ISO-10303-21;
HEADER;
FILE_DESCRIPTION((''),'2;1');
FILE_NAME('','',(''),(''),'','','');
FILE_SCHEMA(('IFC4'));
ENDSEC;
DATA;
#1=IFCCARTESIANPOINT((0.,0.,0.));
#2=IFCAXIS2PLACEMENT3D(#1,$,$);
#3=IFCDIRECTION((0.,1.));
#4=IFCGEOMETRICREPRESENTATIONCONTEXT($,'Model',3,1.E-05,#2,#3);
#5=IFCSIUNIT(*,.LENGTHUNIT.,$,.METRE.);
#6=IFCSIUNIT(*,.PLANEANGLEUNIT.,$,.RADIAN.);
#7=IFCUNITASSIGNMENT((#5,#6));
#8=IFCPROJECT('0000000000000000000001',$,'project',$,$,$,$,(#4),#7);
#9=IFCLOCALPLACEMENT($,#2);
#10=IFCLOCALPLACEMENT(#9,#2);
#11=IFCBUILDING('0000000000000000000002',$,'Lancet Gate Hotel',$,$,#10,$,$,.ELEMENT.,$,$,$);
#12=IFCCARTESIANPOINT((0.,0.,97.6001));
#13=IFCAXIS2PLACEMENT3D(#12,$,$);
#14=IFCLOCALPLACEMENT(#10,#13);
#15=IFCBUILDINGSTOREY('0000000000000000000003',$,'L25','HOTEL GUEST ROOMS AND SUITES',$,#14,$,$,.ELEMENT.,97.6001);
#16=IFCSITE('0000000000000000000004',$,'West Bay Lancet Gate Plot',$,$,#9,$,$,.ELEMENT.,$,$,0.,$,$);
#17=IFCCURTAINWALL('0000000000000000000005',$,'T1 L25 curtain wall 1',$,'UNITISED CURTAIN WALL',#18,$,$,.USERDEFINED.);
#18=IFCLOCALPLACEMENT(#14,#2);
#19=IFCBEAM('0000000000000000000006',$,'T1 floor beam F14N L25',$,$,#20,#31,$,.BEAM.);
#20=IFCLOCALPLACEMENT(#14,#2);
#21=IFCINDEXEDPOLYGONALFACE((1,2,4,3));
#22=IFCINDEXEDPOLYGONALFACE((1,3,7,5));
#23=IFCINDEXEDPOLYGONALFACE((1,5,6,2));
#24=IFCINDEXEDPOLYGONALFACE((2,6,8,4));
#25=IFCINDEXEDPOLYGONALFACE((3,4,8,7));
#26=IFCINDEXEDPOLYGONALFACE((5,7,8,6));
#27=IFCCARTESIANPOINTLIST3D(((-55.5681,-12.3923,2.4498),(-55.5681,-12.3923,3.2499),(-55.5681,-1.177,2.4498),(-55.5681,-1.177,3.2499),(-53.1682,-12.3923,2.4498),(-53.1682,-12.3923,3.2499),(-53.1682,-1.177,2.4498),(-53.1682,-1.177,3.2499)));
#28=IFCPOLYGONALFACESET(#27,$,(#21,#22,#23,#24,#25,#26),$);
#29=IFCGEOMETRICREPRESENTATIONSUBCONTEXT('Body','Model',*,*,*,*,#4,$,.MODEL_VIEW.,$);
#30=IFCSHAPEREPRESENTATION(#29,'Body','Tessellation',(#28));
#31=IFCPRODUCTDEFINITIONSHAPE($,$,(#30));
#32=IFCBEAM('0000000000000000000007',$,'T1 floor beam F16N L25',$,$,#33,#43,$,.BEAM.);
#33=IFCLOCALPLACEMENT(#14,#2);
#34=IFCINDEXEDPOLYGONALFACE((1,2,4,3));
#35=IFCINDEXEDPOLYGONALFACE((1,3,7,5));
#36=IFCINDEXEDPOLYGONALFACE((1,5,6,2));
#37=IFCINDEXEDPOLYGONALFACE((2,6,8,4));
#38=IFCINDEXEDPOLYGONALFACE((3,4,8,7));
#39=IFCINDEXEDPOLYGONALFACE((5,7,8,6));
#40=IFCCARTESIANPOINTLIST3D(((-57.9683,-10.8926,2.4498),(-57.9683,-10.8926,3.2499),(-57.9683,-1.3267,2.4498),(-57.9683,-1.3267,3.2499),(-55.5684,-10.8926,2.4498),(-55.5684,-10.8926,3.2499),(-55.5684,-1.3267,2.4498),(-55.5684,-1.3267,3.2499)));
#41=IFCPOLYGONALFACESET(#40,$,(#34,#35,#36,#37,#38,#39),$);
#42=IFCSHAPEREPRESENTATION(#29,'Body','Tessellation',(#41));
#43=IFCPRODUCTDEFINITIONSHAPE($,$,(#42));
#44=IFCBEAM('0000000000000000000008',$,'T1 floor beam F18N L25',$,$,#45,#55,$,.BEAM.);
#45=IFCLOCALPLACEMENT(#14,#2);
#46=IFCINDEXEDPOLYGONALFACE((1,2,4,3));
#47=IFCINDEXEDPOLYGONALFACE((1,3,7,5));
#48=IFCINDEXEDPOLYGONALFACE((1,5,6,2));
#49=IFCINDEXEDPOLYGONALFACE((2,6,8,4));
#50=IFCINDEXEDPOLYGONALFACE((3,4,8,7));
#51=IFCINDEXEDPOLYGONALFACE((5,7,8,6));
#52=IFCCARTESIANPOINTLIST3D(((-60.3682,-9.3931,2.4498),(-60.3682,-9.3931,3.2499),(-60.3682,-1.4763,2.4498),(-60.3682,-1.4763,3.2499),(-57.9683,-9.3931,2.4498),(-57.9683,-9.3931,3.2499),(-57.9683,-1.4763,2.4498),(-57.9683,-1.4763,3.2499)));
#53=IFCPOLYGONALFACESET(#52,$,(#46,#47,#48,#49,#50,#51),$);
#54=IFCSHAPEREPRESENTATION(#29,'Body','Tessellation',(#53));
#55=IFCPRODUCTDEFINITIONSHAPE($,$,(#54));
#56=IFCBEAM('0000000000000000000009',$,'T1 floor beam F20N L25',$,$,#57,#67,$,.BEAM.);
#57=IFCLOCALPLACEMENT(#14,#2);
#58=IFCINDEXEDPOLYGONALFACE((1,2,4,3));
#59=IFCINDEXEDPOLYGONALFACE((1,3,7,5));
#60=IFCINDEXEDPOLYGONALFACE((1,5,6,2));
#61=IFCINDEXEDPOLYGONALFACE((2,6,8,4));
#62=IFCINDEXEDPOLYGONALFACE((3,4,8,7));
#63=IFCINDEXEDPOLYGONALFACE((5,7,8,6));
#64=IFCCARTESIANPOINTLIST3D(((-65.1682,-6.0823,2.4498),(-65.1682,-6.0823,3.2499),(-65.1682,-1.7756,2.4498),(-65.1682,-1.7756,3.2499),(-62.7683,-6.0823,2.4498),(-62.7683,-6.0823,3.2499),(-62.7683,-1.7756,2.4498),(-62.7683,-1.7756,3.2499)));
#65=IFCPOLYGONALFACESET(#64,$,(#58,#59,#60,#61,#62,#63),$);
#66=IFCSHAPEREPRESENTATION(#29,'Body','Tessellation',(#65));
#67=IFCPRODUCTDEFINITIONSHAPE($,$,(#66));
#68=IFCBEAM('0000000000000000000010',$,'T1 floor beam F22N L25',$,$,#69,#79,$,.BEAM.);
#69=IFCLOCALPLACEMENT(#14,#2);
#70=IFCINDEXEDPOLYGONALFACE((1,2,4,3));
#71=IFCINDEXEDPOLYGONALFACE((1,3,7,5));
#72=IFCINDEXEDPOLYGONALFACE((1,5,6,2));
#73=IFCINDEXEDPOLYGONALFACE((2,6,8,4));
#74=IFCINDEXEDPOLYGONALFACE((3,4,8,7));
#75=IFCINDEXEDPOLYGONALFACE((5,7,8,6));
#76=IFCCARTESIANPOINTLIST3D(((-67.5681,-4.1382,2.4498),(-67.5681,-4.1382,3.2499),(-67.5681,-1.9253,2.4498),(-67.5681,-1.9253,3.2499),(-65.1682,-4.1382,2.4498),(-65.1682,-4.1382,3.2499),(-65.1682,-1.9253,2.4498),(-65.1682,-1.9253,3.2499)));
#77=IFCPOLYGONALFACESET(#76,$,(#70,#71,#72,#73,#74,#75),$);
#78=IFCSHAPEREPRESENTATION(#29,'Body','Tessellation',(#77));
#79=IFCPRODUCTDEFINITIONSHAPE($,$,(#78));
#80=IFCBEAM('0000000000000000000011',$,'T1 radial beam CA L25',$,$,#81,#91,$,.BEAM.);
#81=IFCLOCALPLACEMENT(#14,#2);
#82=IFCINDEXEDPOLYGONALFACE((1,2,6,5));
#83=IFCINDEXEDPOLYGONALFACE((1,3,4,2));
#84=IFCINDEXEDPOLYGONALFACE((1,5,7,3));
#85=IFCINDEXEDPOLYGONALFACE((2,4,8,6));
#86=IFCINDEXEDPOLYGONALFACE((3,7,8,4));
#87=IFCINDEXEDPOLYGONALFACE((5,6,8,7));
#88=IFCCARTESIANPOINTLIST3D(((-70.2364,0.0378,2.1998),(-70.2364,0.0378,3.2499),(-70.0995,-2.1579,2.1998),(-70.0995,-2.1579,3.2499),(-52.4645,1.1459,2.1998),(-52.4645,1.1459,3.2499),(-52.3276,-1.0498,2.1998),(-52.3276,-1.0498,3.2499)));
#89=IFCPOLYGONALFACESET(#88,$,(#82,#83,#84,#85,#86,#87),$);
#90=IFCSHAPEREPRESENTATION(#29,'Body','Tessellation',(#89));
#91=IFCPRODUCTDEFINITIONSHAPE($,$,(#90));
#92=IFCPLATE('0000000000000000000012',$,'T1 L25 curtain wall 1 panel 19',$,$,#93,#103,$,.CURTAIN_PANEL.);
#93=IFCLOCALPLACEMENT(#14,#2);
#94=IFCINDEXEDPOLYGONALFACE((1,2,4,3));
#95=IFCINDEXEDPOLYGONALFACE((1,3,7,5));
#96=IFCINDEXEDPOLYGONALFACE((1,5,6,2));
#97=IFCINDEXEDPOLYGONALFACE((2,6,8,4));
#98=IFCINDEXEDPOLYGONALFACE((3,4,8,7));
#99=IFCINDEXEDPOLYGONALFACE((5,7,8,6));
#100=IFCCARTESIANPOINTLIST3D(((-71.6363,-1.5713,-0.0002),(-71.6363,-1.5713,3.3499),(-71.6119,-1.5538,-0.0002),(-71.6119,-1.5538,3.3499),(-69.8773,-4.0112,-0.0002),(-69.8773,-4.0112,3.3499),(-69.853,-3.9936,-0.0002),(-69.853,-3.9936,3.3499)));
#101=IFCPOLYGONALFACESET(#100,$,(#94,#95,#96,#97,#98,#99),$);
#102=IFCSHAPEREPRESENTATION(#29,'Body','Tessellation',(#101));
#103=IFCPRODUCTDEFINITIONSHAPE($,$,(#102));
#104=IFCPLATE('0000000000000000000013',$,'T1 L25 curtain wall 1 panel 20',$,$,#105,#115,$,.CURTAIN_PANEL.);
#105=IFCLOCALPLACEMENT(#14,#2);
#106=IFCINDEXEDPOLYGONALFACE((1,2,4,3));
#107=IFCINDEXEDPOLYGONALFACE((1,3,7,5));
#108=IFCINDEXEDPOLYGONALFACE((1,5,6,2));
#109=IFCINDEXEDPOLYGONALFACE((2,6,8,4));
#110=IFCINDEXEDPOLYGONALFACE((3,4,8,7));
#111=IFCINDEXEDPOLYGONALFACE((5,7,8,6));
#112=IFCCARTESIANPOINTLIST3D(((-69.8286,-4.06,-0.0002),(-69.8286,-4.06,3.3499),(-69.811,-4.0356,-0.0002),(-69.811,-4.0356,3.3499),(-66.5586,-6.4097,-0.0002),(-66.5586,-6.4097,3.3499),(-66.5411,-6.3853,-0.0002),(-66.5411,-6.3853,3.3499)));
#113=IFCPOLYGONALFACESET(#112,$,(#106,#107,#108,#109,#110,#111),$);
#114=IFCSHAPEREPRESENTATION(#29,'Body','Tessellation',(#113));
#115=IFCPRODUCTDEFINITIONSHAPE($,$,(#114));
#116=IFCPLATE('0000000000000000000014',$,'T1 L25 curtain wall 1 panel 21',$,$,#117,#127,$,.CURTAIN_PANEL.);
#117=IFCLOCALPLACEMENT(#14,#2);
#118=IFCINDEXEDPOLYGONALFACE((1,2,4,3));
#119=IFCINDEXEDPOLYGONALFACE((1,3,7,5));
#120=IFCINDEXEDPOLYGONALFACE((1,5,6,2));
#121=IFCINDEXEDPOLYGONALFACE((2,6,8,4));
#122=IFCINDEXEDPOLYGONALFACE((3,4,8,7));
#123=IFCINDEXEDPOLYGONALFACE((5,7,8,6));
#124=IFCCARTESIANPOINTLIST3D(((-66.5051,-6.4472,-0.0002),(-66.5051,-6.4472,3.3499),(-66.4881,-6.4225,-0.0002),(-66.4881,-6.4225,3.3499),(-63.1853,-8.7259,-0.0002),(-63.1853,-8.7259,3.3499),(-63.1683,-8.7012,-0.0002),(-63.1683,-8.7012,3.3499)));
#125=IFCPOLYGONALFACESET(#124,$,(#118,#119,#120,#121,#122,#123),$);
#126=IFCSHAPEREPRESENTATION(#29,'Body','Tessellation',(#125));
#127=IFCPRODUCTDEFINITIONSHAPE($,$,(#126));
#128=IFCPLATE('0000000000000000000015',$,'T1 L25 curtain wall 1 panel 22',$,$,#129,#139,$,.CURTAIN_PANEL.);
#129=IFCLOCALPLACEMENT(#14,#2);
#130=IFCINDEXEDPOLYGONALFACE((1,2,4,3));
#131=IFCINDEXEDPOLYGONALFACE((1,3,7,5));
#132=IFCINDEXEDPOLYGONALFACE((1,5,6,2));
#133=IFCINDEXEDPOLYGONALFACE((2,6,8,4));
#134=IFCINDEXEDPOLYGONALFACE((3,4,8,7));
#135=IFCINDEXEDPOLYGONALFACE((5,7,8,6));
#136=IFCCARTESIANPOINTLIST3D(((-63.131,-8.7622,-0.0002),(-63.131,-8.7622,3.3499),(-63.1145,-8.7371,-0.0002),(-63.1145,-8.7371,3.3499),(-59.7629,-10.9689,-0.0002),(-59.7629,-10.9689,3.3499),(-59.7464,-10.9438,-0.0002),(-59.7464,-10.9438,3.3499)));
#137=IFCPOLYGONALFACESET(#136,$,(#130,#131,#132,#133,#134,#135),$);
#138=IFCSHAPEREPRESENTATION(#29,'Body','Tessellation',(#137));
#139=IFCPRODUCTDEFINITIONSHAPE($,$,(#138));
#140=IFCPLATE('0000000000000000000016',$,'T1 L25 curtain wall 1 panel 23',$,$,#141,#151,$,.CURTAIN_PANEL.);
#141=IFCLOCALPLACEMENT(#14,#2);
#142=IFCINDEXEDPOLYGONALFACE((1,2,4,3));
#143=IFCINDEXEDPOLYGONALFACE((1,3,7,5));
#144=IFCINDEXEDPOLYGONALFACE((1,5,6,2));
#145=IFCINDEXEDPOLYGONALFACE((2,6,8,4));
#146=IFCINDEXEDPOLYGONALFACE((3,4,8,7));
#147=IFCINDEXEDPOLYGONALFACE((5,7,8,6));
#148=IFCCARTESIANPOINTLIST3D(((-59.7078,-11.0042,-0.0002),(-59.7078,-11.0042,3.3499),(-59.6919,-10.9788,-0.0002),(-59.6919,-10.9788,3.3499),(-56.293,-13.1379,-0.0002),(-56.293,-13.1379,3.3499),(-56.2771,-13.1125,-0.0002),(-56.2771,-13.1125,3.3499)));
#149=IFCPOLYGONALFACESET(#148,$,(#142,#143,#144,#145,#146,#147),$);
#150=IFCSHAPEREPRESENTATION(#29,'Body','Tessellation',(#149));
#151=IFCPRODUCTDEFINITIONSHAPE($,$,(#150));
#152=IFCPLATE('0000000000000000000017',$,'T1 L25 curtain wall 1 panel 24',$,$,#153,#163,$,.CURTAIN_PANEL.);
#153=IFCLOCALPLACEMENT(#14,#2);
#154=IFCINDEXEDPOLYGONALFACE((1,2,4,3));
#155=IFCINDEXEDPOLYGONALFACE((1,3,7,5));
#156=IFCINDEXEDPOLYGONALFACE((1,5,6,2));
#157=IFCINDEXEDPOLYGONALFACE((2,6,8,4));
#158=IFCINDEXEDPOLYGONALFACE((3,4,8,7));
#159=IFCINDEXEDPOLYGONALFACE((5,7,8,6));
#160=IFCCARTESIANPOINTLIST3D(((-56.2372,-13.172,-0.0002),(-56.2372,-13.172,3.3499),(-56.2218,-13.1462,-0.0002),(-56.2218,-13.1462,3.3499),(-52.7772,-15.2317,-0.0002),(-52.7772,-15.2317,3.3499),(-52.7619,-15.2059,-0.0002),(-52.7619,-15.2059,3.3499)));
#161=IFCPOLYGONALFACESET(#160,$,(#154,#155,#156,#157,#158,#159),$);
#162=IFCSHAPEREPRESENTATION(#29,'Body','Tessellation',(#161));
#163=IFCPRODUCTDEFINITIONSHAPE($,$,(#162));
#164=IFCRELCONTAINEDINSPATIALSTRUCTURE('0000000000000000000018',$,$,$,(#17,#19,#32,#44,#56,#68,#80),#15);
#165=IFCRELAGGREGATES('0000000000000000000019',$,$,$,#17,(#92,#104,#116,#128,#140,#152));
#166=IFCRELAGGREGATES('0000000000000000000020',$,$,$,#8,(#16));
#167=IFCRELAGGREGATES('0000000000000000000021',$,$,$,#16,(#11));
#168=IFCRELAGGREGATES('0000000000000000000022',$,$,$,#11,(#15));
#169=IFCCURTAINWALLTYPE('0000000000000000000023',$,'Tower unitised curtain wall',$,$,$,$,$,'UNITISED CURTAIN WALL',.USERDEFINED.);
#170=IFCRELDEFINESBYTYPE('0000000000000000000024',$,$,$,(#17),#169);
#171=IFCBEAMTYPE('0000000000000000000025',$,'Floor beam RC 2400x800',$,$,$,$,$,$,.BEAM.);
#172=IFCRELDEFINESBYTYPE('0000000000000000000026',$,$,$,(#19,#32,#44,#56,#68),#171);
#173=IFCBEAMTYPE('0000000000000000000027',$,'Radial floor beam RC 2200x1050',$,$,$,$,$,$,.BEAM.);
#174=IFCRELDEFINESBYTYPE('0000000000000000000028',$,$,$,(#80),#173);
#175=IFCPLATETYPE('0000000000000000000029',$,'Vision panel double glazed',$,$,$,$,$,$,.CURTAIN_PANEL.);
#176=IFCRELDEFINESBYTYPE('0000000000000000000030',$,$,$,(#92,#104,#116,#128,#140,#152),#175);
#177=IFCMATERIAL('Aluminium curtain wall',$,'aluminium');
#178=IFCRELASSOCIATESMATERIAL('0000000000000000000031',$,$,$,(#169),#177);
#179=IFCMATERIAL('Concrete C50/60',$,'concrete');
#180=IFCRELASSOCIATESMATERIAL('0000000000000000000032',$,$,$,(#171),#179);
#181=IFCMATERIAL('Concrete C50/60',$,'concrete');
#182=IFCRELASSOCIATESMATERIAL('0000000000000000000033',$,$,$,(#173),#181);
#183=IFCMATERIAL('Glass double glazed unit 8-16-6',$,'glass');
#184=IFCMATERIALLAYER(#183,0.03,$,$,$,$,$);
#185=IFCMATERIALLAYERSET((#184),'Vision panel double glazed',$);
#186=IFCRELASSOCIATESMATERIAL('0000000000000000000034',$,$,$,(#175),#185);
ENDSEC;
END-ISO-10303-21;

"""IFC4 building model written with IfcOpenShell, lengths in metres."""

from ifc_helpers import new_model, si_unit, direction, frame, origin, origin_2d, place, context, subcontext, project, spatial, rectangle, extrude, material, layer, layer_set, material_profile, profile_set, type_object, element, aggregate, save


model = new_model("IFC4")

# Units and contexts
model_context = context("Model", 3, precision=1e-05, world=origin(), true_north=direction((0.0, 1.0)))
body_context = subcontext(model_context, "Body", "Model", "MODEL_VIEW")
ifc_project = project(units=[si_unit("LENGTHUNIT", "METRE"), si_unit("PLANEANGLEUNIT", "RADIAN")], contexts=[model_context])

# Site, building, storey
site_placement = place(None, origin())
site = spatial("IfcSite", under=ifc_project, at=site_placement, Name="West Bay Lancet Gate Plot", CompositionType="ELEMENT", RefElevation=0.0)
building_placement = place(site_placement, origin())
building = spatial("IfcBuilding", under=site, at=building_placement, Name="Lancet Gate Hotel", CompositionType="ELEMENT")
storey_placement = place(building_placement, frame((0.0, 0.0, 97.6001)))
storey = spatial("IfcBuildingStorey", under=building, at=storey_placement, Name="L25", Description="HOTEL GUEST ROOMS AND SUITES", CompositionType="ELEMENT", Elevation=97.6001)

# Curtain wall
ifc_material_1 = material(Name="Aluminium curtain wall", Category="aluminium")
curtain_wall_type = type_object("IfcCurtainWallType", Name="Tower unitised curtain wall", ElementType="UNITISED CURTAIN WALL", PredefinedType="USERDEFINED", material=ifc_material_1)
curtain_wall_placement = place(storey_placement, origin())
curtain_wall = element("IfcCurtainWall", 1, at=curtain_wall_placement, inside=storey, type_object=curtain_wall_type, Name="T1 L25 curtain wall 1", ObjectType="UNITISED CURTAIN WALL", PredefinedType="USERDEFINED")

# Beams
ifc_material_2 = material(Name="Concrete C50/60", Category="concrete")
ifc_material_profile_1 = material_profile(ifc_material_2, rectangle(XDim=2.3999, YDim=0.8, at=origin_2d()), Name="RC 2400x800")
ifc_profile_set_1 = profile_set([ifc_material_profile_1], Name="Concrete C50/60")
beam_type_1 = type_object("IfcBeamType", Name="Floor beam RC 2400x800", PredefinedType="BEAM", material=ifc_profile_set_1)
beam_1_placement = place(storey_placement, frame((-54.3682, -1.177, 2.8499), z_axis=(0.0, -1.0, 0.0), x_axis=(1.0, 0.0, 0.0)))
element("IfcBeam", 2, at=beam_1_placement, inside=storey, type_object=beam_type_1, Name="T1 floor beam F14N L25", PredefinedType="BEAM", context=body_context, shape_type="SweptSolid", body=[
    extrude(rectangle(XDim=2.3999, YDim=0.8, at=origin_2d()), origin(), (0.0, 0.0, 1.0), 11.2153),
])
beam_2_placement = place(storey_placement, frame((-56.7683, -1.3267, 2.8499), z_axis=(0.0, -1.0, 0.0), x_axis=(1.0, 0.0, 0.0)))
element("IfcBeam", 3, at=beam_2_placement, inside=storey, type_object=beam_type_1, Name="T1 floor beam F16N L25", PredefinedType="BEAM", context=body_context, shape_type="SweptSolid", body=[
    extrude(rectangle(XDim=2.3999, YDim=0.8, at=origin_2d()), origin(), (0.0, 0.0, 1.0), 9.5659),
])
beam_3_placement = place(storey_placement, frame((-59.1682, -1.4763, 2.8499), z_axis=(0.0, -1.0, 0.0), x_axis=(1.0, 0.0, 0.0)))
element("IfcBeam", 4, at=beam_3_placement, inside=storey, type_object=beam_type_1, Name="T1 floor beam F18N L25", PredefinedType="BEAM", context=body_context, shape_type="SweptSolid", body=[
    extrude(rectangle(XDim=2.3999, YDim=0.8, at=origin_2d()), origin(), (0.0, 0.0, 1.0), 7.9167),
])
beam_4_placement = place(storey_placement, frame((-63.9683, -1.7756, 2.8499), z_axis=(0.0, -1.0, 0.0), x_axis=(1.0, 0.0, 0.0)))
element("IfcBeam", 5, at=beam_4_placement, inside=storey, type_object=beam_type_1, Name="T1 floor beam F20N L25", PredefinedType="BEAM", context=body_context, shape_type="SweptSolid", body=[
    extrude(rectangle(XDim=2.3999, YDim=0.8, at=origin_2d()), origin(), (0.0, 0.0, 1.0), 4.3066),
])
beam_5_placement = place(storey_placement, frame((-66.3682, -1.9253, 2.8499), z_axis=(0.0, -1.0, 0.0), x_axis=(1.0, 0.0, 0.0)))
element("IfcBeam", 6, at=beam_5_placement, inside=storey, type_object=beam_type_1, Name="T1 floor beam F22N L25", PredefinedType="BEAM", context=body_context, shape_type="SweptSolid", body=[
    extrude(rectangle(XDim=2.3999, YDim=0.8, at=origin_2d()), origin(), (0.0, 0.0, 1.0), 2.2129),
])
ifc_material_3 = material(Name="Concrete C50/60", Category="concrete")
ifc_material_profile_2 = material_profile(ifc_material_3, rectangle(XDim=2.2, YDim=1.05, at=origin_2d()), Name="RC 2200x1050")
ifc_profile_set_2 = profile_set([ifc_material_profile_2], Name="Concrete C50/60")
beam_type_2 = type_object("IfcBeamType", Name="Radial floor beam RC 2200x1050", PredefinedType="BEAM", material=ifc_profile_set_2)
beam_6_placement = place(storey_placement, frame((-70.168, -1.0601, 2.7249), z_axis=(0.998062, 0.062233, 0.0), x_axis=(-0.062233, 0.998062, 0.0)))
element("IfcBeam", 7, at=beam_6_placement, inside=storey, type_object=beam_type_2, Name="T1 radial beam CA L25", PredefinedType="BEAM", context=body_context, shape_type="SweptSolid", body=[
    extrude(rectangle(XDim=2.2, YDim=1.05, at=origin_2d()), origin(), (0.0, 0.0, 1.0), 17.8064),
])

# Plates
ifc_material_4 = material(Name="Glass double glazed unit 8-16-6", Category="glass")
ifc_layer = layer(ifc_material_4, 0.03)
ifc_layer_set = layer_set([ifc_layer], Name="Vision panel double glazed")
plate_type = type_object("IfcPlateType", Name="Vision panel double glazed", PredefinedType="CURTAIN_PANEL", material=ifc_layer_set)
plate_1_placement = place(storey_placement, frame((-70.7446, -2.7825, -0.0002), z_axis=(0.0, 0.0, 1.0), x_axis=(0.584809, -0.811171, 0.0)))
plate_1 = element("IfcPlate", 8, at=plate_1_placement, type_object=plate_type, Name="T1 L25 curtain wall 1 panel 19", PredefinedType="CURTAIN_PANEL", context=body_context, shape_type="SweptSolid", body=[
    extrude(rectangle(XDim=3.0078, YDim=0.03, at=origin_2d()), origin(), (0.0, 0.0, 1.0), 3.3501),
])
plate_2_placement = place(storey_placement, frame((-68.1848, -5.2227, -0.0002), z_axis=(0.0, 0.0, 1.0), x_axis=(0.812093, -0.583528, 0.0)))
plate_2 = element("IfcPlate", 9, at=plate_2_placement, type_object=plate_type, Name="T1 L25 curtain wall 1 panel 20", PredefinedType="CURTAIN_PANEL", context=body_context, shape_type="SweptSolid", body=[
    extrude(rectangle(XDim=4.0266, YDim=0.03, at=origin_2d()), origin(), (0.0, 0.0, 1.0), 3.3501),
])
plate_3_placement = place(storey_placement, frame((-64.8367, -7.5742, -0.0002), z_axis=(0.0, 0.0, 1.0), x_axis=(0.824466, -0.565911, 0.0)))
plate_3 = element("IfcPlate", 10, at=plate_3_placement, type_object=plate_type, Name="T1 L25 curtain wall 1 panel 21", PredefinedType="CURTAIN_PANEL", context=body_context, shape_type="SweptSolid", body=[
    extrude(rectangle(XDim=4.0266, YDim=0.03, at=origin_2d()), origin(), (0.0, 0.0, 1.0), 3.3501),
])
plate_4_placement = place(storey_placement, frame((-61.4387, -9.853, -0.0002), z_axis=(0.0, 0.0, 1.0), x_axis=(0.836458, -0.548032, 0.0)))
plate_4 = element("IfcPlate", 11, at=plate_4_placement, type_object=plate_type, Name="T1 L25 curtain wall 1 panel 22", PredefinedType="CURTAIN_PANEL", context=body_context, shape_type="SweptSolid", body=[
    extrude(rectangle(XDim=4.0266, YDim=0.03, at=origin_2d()), origin(), (0.0, 0.0, 1.0), 3.3501),
])
plate_5_placement = place(storey_placement, frame((-57.9924, -12.0583, -0.0002), z_axis=(0.0, 0.0, 1.0), x_axis=(0.848061, -0.529899, 0.0)))
plate_5 = element("IfcPlate", 12, at=plate_5_placement, type_object=plate_type, Name="T1 L25 curtain wall 1 panel 23", PredefinedType="CURTAIN_PANEL", context=body_context, shape_type="SweptSolid", body=[
    extrude(rectangle(XDim=4.0266, YDim=0.03, at=origin_2d()), origin(), (0.0, 0.0, 1.0), 3.3501),
])
plate_6_placement = place(storey_placement, frame((-54.4995, -14.189, -0.0002), z_axis=(0.0, 0.0, 1.0), x_axis=(0.859271, -0.51152, 0.0)))
plate_6 = element("IfcPlate", 13, at=plate_6_placement, type_object=plate_type, Name="T1 L25 curtain wall 1 panel 24", PredefinedType="CURTAIN_PANEL", context=body_context, shape_type="SweptSolid", body=[
    extrude(rectangle(XDim=4.0266, YDim=0.03, at=origin_2d()), origin(), (0.0, 0.0, 1.0), 3.3501),
])
aggregate(curtain_wall, [plate_1, plate_2, plate_3, plate_4, plate_5, plate_6])

save(model, "model.ifc")
